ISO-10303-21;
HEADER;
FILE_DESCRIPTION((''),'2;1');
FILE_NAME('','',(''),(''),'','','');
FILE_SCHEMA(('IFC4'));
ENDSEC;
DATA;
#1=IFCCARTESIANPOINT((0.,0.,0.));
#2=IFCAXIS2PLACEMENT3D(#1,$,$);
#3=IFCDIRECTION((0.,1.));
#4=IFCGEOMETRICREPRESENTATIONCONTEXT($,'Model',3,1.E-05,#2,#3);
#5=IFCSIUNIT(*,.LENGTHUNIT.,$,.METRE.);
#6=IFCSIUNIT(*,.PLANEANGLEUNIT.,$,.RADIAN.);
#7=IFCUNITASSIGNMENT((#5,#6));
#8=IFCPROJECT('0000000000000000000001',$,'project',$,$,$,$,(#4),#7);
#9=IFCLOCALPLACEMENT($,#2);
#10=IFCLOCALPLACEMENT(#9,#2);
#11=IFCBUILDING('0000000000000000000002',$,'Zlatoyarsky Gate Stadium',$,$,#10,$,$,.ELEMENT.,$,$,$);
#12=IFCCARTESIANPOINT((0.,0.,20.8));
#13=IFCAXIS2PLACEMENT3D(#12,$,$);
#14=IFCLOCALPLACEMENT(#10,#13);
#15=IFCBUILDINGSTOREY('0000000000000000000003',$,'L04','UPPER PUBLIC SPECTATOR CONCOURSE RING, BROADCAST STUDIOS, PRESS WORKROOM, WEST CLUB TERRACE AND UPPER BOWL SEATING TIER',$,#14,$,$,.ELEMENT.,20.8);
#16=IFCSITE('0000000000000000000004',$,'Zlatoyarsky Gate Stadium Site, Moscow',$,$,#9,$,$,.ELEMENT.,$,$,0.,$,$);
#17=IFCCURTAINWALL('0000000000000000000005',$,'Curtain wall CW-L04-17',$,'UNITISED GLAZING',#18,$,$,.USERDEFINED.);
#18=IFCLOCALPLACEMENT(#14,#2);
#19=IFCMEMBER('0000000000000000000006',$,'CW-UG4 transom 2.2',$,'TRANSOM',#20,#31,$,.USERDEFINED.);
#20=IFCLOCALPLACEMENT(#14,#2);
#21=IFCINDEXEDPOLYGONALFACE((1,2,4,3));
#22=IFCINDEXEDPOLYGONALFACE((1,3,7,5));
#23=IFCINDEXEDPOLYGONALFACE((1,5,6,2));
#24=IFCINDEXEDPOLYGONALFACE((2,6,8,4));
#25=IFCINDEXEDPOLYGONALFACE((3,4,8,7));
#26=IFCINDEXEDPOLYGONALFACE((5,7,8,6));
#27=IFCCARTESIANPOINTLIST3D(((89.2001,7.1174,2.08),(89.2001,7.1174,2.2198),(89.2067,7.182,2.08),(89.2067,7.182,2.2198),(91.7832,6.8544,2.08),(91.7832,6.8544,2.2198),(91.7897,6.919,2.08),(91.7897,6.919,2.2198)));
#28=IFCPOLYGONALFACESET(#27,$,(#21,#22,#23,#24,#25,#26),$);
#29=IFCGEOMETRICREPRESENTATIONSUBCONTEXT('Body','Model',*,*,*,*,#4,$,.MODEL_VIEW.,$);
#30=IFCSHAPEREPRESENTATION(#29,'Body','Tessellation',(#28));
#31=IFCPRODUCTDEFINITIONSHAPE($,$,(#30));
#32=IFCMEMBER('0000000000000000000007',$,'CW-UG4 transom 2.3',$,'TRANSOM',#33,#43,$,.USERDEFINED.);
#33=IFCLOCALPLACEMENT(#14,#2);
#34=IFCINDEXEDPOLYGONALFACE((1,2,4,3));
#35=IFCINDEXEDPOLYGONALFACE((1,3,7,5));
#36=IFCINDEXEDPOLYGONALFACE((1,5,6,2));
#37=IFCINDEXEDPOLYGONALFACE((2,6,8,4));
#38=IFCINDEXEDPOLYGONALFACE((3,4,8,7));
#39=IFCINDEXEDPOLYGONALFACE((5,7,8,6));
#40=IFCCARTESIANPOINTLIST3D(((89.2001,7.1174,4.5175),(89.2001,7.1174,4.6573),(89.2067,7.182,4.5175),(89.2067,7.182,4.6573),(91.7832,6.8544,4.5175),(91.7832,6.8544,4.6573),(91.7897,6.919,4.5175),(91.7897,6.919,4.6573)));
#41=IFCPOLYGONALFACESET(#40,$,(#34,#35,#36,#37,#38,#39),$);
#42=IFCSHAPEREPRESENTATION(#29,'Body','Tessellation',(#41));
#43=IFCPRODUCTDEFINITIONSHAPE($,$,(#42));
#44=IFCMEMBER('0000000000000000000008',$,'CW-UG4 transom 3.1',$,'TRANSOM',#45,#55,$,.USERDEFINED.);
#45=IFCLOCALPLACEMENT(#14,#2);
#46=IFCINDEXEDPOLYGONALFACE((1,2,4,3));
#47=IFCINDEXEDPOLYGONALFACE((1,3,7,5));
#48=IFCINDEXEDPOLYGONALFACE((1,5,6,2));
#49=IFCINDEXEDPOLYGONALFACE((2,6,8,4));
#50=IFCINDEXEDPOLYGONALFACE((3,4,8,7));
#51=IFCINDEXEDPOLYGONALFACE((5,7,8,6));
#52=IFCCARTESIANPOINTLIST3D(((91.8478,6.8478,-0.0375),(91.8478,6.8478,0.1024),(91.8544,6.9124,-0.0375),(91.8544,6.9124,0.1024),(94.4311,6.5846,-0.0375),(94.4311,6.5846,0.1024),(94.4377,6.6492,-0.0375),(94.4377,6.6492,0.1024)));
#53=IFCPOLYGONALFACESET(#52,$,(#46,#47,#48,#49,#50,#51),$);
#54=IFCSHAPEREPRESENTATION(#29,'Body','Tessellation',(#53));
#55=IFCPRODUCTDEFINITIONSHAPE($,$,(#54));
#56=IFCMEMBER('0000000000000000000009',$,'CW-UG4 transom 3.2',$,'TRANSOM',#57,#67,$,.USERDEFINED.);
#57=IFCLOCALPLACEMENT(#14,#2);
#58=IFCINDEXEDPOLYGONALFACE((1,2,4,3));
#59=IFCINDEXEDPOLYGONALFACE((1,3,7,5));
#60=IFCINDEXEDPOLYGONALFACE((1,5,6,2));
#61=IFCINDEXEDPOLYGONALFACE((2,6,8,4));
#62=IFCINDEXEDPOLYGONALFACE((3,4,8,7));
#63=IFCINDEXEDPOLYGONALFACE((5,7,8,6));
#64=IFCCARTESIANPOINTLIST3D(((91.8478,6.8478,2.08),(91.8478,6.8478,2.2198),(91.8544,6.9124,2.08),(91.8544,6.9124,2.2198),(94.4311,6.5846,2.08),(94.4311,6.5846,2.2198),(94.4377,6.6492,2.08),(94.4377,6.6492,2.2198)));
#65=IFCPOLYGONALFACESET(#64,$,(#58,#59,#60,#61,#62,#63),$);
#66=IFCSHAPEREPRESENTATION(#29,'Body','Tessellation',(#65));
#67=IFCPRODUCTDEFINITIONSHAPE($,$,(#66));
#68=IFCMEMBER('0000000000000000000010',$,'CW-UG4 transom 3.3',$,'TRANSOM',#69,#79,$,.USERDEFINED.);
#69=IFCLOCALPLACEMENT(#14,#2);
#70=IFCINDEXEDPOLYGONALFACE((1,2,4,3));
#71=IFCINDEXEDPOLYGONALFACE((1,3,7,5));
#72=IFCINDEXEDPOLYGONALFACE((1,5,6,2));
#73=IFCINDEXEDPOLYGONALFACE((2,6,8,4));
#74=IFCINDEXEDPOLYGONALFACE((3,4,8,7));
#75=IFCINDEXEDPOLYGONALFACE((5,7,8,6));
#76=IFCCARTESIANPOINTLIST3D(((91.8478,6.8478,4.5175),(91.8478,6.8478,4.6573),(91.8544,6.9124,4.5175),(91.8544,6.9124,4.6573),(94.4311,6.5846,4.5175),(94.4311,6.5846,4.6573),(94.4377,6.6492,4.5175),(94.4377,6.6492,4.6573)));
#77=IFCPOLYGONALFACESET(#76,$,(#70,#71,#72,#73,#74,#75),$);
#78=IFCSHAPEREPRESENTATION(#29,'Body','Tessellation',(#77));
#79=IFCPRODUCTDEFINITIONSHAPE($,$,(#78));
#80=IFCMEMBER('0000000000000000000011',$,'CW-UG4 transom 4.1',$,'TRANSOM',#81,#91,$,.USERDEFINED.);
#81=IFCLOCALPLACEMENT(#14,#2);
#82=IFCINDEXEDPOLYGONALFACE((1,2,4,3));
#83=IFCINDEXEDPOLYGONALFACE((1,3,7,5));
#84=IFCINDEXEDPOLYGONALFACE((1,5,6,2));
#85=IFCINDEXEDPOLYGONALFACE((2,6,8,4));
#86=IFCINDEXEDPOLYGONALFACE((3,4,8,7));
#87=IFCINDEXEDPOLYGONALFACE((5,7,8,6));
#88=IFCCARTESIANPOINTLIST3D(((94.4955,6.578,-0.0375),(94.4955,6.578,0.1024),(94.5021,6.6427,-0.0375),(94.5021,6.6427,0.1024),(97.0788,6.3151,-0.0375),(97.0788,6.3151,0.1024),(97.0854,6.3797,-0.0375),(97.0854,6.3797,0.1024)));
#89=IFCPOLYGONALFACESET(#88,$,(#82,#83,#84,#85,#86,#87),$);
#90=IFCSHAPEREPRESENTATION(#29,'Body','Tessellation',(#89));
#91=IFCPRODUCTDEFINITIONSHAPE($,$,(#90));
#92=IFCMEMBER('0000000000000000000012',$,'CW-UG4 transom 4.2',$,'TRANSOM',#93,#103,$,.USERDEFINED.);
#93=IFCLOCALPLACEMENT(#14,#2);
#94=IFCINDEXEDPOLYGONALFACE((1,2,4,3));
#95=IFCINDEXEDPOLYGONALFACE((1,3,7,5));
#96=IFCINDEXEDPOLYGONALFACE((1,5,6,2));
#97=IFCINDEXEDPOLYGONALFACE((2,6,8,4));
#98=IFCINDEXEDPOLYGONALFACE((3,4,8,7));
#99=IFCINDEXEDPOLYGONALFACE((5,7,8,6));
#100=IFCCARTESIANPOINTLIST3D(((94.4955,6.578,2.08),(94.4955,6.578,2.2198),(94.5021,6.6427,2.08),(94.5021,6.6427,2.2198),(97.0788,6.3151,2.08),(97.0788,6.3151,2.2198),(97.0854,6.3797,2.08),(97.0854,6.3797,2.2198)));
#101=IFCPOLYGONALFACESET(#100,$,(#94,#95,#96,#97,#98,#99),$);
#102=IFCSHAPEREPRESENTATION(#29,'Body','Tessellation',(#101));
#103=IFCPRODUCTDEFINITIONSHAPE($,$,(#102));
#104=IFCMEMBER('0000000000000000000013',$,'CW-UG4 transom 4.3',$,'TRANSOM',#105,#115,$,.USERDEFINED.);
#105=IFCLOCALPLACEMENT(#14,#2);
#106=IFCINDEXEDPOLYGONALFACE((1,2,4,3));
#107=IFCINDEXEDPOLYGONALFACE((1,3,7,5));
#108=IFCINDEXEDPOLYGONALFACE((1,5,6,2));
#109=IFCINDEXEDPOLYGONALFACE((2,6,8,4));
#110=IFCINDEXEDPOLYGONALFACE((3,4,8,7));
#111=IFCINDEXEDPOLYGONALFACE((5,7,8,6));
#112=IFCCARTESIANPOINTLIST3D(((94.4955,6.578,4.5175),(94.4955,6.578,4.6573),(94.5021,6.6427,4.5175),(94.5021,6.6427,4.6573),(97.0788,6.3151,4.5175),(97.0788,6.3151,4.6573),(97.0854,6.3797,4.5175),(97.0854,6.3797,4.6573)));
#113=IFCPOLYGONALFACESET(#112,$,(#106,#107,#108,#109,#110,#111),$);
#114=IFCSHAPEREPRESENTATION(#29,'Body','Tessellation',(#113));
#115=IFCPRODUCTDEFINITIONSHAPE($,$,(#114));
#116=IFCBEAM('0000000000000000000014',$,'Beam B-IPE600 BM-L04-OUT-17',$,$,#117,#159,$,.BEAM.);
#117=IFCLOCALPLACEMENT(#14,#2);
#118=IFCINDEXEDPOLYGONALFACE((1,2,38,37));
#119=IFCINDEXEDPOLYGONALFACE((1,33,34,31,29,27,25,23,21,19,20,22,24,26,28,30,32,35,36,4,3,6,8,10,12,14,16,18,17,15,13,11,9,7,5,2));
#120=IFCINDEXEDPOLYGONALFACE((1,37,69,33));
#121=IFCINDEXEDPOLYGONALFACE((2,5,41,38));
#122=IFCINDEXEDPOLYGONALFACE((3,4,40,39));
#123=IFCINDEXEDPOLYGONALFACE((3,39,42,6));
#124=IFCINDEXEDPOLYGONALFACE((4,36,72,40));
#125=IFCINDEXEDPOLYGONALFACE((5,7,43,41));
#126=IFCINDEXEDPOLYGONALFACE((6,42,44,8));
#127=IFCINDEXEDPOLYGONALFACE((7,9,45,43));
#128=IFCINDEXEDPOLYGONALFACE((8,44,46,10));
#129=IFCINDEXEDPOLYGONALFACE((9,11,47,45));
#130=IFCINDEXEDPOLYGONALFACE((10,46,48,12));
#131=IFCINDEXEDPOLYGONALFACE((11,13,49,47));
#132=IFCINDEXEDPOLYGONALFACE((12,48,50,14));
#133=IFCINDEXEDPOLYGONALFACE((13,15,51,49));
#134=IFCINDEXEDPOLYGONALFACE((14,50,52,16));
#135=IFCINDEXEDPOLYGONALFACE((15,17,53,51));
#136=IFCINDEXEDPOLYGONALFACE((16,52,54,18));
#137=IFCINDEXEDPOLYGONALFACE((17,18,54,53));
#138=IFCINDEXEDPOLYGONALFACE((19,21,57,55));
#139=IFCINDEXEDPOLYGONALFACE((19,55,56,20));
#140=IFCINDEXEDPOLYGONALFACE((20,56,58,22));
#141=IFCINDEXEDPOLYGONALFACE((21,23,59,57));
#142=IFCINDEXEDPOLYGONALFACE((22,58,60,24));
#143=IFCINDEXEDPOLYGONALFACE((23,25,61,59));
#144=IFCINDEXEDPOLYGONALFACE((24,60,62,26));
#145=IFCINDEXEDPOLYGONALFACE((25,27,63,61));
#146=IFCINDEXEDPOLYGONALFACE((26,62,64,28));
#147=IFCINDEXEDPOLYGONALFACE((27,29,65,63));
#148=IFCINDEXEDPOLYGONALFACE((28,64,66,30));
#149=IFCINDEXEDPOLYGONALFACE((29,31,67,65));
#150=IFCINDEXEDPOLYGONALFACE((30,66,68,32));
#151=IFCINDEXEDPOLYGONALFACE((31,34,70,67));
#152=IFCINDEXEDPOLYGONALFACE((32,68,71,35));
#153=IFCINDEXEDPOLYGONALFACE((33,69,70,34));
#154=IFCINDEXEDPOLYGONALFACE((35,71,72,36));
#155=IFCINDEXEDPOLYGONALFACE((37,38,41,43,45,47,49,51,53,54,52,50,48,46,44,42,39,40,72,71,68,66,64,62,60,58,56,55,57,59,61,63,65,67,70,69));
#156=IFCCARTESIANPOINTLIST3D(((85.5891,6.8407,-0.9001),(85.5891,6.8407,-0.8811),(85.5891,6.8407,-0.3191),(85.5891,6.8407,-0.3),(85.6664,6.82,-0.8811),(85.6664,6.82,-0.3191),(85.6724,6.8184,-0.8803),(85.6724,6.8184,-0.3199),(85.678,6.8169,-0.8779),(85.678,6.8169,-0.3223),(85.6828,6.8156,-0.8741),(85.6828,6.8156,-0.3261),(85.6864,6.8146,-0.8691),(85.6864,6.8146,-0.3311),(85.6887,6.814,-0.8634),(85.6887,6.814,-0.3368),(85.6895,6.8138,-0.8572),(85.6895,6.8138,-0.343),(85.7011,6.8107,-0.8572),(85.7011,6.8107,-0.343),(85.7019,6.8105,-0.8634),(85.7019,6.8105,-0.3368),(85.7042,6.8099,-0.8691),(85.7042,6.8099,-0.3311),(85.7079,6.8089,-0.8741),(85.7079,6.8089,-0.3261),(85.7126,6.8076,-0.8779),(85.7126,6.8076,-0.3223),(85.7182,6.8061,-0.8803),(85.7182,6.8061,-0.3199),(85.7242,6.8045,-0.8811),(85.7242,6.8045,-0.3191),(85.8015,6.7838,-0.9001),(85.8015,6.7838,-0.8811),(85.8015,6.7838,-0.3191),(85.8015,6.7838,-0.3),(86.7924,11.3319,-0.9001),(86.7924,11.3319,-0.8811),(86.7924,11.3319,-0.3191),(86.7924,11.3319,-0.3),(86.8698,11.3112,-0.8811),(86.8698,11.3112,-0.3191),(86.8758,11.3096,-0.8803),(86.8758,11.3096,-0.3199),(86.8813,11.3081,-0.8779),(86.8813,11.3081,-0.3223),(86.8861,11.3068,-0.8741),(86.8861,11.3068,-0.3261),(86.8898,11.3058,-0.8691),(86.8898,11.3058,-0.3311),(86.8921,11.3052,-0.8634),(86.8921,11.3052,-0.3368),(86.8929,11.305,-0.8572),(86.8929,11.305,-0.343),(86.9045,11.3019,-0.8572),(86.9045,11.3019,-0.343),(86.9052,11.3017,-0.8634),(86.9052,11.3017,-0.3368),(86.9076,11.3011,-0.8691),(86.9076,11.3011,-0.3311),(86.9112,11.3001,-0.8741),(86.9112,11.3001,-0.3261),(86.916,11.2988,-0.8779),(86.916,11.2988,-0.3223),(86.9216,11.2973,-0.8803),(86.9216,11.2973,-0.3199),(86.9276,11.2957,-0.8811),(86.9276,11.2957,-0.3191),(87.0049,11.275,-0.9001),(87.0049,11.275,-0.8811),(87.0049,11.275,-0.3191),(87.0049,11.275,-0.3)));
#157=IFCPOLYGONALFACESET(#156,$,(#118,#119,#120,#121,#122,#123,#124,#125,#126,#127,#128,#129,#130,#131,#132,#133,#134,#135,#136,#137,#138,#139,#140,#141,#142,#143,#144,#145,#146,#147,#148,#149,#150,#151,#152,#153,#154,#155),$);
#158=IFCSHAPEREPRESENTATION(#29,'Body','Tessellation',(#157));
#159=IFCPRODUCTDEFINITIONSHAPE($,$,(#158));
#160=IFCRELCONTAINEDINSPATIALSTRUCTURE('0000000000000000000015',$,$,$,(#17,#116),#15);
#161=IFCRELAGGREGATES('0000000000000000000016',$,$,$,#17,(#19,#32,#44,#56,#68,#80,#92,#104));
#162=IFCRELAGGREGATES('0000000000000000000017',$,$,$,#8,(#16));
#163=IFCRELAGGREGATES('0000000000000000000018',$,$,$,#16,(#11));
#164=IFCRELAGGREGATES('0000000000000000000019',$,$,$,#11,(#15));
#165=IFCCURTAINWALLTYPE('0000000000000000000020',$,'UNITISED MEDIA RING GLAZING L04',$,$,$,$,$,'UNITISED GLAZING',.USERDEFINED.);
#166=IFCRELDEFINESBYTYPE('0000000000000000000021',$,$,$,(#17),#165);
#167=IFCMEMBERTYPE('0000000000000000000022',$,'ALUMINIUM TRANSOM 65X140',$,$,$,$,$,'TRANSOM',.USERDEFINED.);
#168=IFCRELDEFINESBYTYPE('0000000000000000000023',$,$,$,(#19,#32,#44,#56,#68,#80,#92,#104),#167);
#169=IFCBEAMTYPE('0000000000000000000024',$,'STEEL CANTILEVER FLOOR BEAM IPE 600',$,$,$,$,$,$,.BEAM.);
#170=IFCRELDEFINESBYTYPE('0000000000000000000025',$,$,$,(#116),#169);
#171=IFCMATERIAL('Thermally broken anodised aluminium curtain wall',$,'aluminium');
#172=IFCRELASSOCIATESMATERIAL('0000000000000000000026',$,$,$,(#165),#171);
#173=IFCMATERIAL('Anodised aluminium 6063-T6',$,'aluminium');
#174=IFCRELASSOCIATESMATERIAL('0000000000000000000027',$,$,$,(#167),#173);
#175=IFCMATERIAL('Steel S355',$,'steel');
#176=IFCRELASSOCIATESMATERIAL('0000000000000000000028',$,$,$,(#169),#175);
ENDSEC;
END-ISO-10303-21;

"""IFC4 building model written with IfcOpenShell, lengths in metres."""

from ifc_helpers import new_model, si_unit, direction, frame, origin, origin_2d, place, context, subcontext, project, spatial, rectangle, i_section, extrude, material, material_profile, profile_set, type_object, element, aggregate, save


model = new_model("IFC4")

# Units and contexts
model_context = context("Model", 3, precision=1e-05, world=origin(), true_north=direction((0.0, 1.0)))
body_context = subcontext(model_context, "Body", "Model", "MODEL_VIEW")
ifc_project = project(units=[si_unit("LENGTHUNIT", "METRE"), si_unit("PLANEANGLEUNIT", "RADIAN")], contexts=[model_context])

# Site, building, storey
site_placement = place(None, origin())
site = spatial("IfcSite", under=ifc_project, at=site_placement, Name="Zlatoyarsky Gate Stadium Site, Moscow", CompositionType="ELEMENT", RefElevation=0.0)
building_placement = place(site_placement, origin())
building = spatial("IfcBuilding", under=site, at=building_placement, Name="Zlatoyarsky Gate Stadium", CompositionType="ELEMENT")
storey_placement = place(building_placement, frame((0.0, 0.0, 20.8)))
storey = spatial("IfcBuildingStorey", under=building, at=storey_placement, Name="L04", Description="UPPER PUBLIC SPECTATOR CONCOURSE RING, BROADCAST STUDIOS, PRESS WORKROOM, WEST CLUB TERRACE AND UPPER BOWL SEATING TIER", CompositionType="ELEMENT", Elevation=20.8)

# Shared definitions
ifc_material_1 = material(Name="Steel S355", Category="steel")

# Shared definitions
ifc_material_2 = material(Name="Thermally broken anodised aluminium curtain wall", Category="aluminium")
curtain_wall_type = type_object("IfcCurtainWallType", Name="UNITISED MEDIA RING GLAZING L04", ElementType="UNITISED GLAZING", PredefinedType="USERDEFINED", material=ifc_material_2)
ifc_material_3 = material(Name="Anodised aluminium 6063-T6", Category="aluminium")

# Curtain wall
curtain_wall_1_placement = place(storey_placement, origin())
curtain_wall_1 = element("IfcCurtainWall", 1, at=curtain_wall_1_placement, inside=storey, type_object=curtain_wall_type, Name="Curtain wall CW-L04-17", ObjectType="UNITISED GLAZING", PredefinedType="USERDEFINED")

# Members
ifc_material_profile_1 = material_profile(ifc_material_3, rectangle(XDim=0.0649, YDim=0.1399, at=origin_2d()), Name="ALU 65X140")
ifc_profile_set_1 = profile_set([ifc_material_profile_1], Name="Anodised aluminium 6063-T6")
member_type_1 = type_object("IfcMemberType", Name="ALUMINIUM TRANSOM 65X140", ElementType="TRANSOM", PredefinedType="USERDEFINED", material=ifc_profile_set_1)
member_1_placement = place(storey_placement, frame((89.2034, 7.1497, 2.1499), z_axis=(0.994859, -0.101272, 0.0), x_axis=(0.101272, 0.994859, 0.0)))
member_1 = element("IfcMember", 2, at=member_1_placement, type_object=member_type_1, Name="CW-UG4 transom 2.2", ObjectType="TRANSOM", PredefinedType="USERDEFINED", context=body_context, shape_type="SweptSolid", body=[
    extrude(rectangle(XDim=0.0649, YDim=0.1399, at=origin_2d()), origin(), (0.0, 0.0, 1.0), 2.5964),
])
member_2_placement = place(storey_placement, frame((89.2034, 7.1497, 4.5874), z_axis=(0.994859, -0.101272, 0.0), x_axis=(0.101272, 0.994859, 0.0)))
member_2 = element("IfcMember", 3, at=member_2_placement, type_object=member_type_1, Name="CW-UG4 transom 2.3", ObjectType="TRANSOM", PredefinedType="USERDEFINED", context=body_context, shape_type="SweptSolid", body=[
    extrude(rectangle(XDim=0.0649, YDim=0.1399, at=origin_2d()), origin(), (0.0, 0.0, 1.0), 2.5964),
])
member_3_placement = place(storey_placement, frame((91.8511, 6.8801, 0.0325), z_axis=(0.99485, -0.101356, 0.0), x_axis=(0.101356, 0.99485, 0.0)))
member_3 = element("IfcMember", 4, at=member_3_placement, type_object=member_type_1, Name="CW-UG4 transom 3.1", ObjectType="TRANSOM", PredefinedType="USERDEFINED", context=body_context, shape_type="SweptSolid", body=[
    extrude(rectangle(XDim=0.0649, YDim=0.1399, at=origin_2d()), origin(), (0.0, 0.0, 1.0), 2.5967),
])
member_4_placement = place(storey_placement, frame((91.8511, 6.8801, 2.1499), z_axis=(0.99485, -0.101356, 0.0), x_axis=(0.101356, 0.99485, 0.0)))
member_4 = element("IfcMember", 5, at=member_4_placement, type_object=member_type_1, Name="CW-UG4 transom 3.2", ObjectType="TRANSOM", PredefinedType="USERDEFINED", context=body_context, shape_type="SweptSolid", body=[
    extrude(rectangle(XDim=0.0649, YDim=0.1399, at=origin_2d()), origin(), (0.0, 0.0, 1.0), 2.5967),
])
member_5_placement = place(storey_placement, frame((91.8511, 6.8801, 4.5874), z_axis=(0.99485, -0.101356, 0.0), x_axis=(0.101356, 0.99485, 0.0)))
member_5 = element("IfcMember", 6, at=member_5_placement, type_object=member_type_1, Name="CW-UG4 transom 3.3", ObjectType="TRANSOM", PredefinedType="USERDEFINED", context=body_context, shape_type="SweptSolid", body=[
    extrude(rectangle(XDim=0.0649, YDim=0.1399, at=origin_2d()), origin(), (0.0, 0.0, 1.0), 2.5967),
])
member_6_placement = place(storey_placement, frame((94.4988, 6.6104, 0.0325), z_axis=(0.99486, -0.101263, 0.0), x_axis=(0.101263, 0.99486, 0.0)))
member_6 = element("IfcMember", 7, at=member_6_placement, type_object=member_type_1, Name="CW-UG4 transom 4.1", ObjectType="TRANSOM", PredefinedType="USERDEFINED", context=body_context, shape_type="SweptSolid", body=[
    extrude(rectangle(XDim=0.0649, YDim=0.1399, at=origin_2d()), origin(), (0.0, 0.0, 1.0), 2.5967),
])
member_7_placement = place(storey_placement, frame((94.4988, 6.6104, 2.1499), z_axis=(0.99486, -0.101263, 0.0), x_axis=(0.101263, 0.99486, 0.0)))
member_7 = element("IfcMember", 8, at=member_7_placement, type_object=member_type_1, Name="CW-UG4 transom 4.2", ObjectType="TRANSOM", PredefinedType="USERDEFINED", context=body_context, shape_type="SweptSolid", body=[
    extrude(rectangle(XDim=0.0649, YDim=0.1399, at=origin_2d()), origin(), (0.0, 0.0, 1.0), 2.5967),
])
member_8_placement = place(storey_placement, frame((94.4988, 6.6104, 4.5874), z_axis=(0.99486, -0.101263, 0.0), x_axis=(0.101263, 0.99486, 0.0)))
member_8 = element("IfcMember", 9, at=member_8_placement, type_object=member_type_1, Name="CW-UG4 transom 4.3", ObjectType="TRANSOM", PredefinedType="USERDEFINED", context=body_context, shape_type="SweptSolid", body=[
    extrude(rectangle(XDim=0.0649, YDim=0.1399, at=origin_2d()), origin(), (0.0, 0.0, 1.0), 2.5967),
])

# Beam
ifc_material_profile_2 = material_profile(ifc_material_1, i_section(OverallWidth=0.22, OverallDepth=0.6001, WebThickness=0.012, FlangeThickness=0.019, FilletRadius=0.0239, at=origin_2d()), Name="IPE 600")
ifc_profile_set_2 = profile_set([ifc_material_profile_2], Name="Steel S355")
beam_type_1 = type_object("IfcBeamType", Name="STEEL CANTILEVER FLOOR BEAM IPE 600", PredefinedType="BEAM", material=ifc_profile_set_2)
beam_1_placement = place(storey_placement, frame((86.8987, 11.3035, -0.6001), z_axis=(-0.25881, -0.965928, 0.0), x_axis=(0.965928, -0.25881, 0.0)))
element("IfcBeam", 10, at=beam_1_placement, inside=storey, type_object=beam_type_1, Name="Beam B-IPE600 BM-L04-OUT-17", PredefinedType="BEAM", context=body_context, shape_type="SweptSolid", body=[
    extrude(i_section(OverallWidth=0.22, OverallDepth=0.6001, WebThickness=0.012, FlangeThickness=0.019, FilletRadius=0.0239, at=origin_2d()), origin(), (0.0, 0.0, 1.0), 4.6497),
])

aggregate(curtain_wall_1, [member_1, member_2, member_3, member_4, member_5, member_6, member_7, member_8])

save(model, "model.ifc")
